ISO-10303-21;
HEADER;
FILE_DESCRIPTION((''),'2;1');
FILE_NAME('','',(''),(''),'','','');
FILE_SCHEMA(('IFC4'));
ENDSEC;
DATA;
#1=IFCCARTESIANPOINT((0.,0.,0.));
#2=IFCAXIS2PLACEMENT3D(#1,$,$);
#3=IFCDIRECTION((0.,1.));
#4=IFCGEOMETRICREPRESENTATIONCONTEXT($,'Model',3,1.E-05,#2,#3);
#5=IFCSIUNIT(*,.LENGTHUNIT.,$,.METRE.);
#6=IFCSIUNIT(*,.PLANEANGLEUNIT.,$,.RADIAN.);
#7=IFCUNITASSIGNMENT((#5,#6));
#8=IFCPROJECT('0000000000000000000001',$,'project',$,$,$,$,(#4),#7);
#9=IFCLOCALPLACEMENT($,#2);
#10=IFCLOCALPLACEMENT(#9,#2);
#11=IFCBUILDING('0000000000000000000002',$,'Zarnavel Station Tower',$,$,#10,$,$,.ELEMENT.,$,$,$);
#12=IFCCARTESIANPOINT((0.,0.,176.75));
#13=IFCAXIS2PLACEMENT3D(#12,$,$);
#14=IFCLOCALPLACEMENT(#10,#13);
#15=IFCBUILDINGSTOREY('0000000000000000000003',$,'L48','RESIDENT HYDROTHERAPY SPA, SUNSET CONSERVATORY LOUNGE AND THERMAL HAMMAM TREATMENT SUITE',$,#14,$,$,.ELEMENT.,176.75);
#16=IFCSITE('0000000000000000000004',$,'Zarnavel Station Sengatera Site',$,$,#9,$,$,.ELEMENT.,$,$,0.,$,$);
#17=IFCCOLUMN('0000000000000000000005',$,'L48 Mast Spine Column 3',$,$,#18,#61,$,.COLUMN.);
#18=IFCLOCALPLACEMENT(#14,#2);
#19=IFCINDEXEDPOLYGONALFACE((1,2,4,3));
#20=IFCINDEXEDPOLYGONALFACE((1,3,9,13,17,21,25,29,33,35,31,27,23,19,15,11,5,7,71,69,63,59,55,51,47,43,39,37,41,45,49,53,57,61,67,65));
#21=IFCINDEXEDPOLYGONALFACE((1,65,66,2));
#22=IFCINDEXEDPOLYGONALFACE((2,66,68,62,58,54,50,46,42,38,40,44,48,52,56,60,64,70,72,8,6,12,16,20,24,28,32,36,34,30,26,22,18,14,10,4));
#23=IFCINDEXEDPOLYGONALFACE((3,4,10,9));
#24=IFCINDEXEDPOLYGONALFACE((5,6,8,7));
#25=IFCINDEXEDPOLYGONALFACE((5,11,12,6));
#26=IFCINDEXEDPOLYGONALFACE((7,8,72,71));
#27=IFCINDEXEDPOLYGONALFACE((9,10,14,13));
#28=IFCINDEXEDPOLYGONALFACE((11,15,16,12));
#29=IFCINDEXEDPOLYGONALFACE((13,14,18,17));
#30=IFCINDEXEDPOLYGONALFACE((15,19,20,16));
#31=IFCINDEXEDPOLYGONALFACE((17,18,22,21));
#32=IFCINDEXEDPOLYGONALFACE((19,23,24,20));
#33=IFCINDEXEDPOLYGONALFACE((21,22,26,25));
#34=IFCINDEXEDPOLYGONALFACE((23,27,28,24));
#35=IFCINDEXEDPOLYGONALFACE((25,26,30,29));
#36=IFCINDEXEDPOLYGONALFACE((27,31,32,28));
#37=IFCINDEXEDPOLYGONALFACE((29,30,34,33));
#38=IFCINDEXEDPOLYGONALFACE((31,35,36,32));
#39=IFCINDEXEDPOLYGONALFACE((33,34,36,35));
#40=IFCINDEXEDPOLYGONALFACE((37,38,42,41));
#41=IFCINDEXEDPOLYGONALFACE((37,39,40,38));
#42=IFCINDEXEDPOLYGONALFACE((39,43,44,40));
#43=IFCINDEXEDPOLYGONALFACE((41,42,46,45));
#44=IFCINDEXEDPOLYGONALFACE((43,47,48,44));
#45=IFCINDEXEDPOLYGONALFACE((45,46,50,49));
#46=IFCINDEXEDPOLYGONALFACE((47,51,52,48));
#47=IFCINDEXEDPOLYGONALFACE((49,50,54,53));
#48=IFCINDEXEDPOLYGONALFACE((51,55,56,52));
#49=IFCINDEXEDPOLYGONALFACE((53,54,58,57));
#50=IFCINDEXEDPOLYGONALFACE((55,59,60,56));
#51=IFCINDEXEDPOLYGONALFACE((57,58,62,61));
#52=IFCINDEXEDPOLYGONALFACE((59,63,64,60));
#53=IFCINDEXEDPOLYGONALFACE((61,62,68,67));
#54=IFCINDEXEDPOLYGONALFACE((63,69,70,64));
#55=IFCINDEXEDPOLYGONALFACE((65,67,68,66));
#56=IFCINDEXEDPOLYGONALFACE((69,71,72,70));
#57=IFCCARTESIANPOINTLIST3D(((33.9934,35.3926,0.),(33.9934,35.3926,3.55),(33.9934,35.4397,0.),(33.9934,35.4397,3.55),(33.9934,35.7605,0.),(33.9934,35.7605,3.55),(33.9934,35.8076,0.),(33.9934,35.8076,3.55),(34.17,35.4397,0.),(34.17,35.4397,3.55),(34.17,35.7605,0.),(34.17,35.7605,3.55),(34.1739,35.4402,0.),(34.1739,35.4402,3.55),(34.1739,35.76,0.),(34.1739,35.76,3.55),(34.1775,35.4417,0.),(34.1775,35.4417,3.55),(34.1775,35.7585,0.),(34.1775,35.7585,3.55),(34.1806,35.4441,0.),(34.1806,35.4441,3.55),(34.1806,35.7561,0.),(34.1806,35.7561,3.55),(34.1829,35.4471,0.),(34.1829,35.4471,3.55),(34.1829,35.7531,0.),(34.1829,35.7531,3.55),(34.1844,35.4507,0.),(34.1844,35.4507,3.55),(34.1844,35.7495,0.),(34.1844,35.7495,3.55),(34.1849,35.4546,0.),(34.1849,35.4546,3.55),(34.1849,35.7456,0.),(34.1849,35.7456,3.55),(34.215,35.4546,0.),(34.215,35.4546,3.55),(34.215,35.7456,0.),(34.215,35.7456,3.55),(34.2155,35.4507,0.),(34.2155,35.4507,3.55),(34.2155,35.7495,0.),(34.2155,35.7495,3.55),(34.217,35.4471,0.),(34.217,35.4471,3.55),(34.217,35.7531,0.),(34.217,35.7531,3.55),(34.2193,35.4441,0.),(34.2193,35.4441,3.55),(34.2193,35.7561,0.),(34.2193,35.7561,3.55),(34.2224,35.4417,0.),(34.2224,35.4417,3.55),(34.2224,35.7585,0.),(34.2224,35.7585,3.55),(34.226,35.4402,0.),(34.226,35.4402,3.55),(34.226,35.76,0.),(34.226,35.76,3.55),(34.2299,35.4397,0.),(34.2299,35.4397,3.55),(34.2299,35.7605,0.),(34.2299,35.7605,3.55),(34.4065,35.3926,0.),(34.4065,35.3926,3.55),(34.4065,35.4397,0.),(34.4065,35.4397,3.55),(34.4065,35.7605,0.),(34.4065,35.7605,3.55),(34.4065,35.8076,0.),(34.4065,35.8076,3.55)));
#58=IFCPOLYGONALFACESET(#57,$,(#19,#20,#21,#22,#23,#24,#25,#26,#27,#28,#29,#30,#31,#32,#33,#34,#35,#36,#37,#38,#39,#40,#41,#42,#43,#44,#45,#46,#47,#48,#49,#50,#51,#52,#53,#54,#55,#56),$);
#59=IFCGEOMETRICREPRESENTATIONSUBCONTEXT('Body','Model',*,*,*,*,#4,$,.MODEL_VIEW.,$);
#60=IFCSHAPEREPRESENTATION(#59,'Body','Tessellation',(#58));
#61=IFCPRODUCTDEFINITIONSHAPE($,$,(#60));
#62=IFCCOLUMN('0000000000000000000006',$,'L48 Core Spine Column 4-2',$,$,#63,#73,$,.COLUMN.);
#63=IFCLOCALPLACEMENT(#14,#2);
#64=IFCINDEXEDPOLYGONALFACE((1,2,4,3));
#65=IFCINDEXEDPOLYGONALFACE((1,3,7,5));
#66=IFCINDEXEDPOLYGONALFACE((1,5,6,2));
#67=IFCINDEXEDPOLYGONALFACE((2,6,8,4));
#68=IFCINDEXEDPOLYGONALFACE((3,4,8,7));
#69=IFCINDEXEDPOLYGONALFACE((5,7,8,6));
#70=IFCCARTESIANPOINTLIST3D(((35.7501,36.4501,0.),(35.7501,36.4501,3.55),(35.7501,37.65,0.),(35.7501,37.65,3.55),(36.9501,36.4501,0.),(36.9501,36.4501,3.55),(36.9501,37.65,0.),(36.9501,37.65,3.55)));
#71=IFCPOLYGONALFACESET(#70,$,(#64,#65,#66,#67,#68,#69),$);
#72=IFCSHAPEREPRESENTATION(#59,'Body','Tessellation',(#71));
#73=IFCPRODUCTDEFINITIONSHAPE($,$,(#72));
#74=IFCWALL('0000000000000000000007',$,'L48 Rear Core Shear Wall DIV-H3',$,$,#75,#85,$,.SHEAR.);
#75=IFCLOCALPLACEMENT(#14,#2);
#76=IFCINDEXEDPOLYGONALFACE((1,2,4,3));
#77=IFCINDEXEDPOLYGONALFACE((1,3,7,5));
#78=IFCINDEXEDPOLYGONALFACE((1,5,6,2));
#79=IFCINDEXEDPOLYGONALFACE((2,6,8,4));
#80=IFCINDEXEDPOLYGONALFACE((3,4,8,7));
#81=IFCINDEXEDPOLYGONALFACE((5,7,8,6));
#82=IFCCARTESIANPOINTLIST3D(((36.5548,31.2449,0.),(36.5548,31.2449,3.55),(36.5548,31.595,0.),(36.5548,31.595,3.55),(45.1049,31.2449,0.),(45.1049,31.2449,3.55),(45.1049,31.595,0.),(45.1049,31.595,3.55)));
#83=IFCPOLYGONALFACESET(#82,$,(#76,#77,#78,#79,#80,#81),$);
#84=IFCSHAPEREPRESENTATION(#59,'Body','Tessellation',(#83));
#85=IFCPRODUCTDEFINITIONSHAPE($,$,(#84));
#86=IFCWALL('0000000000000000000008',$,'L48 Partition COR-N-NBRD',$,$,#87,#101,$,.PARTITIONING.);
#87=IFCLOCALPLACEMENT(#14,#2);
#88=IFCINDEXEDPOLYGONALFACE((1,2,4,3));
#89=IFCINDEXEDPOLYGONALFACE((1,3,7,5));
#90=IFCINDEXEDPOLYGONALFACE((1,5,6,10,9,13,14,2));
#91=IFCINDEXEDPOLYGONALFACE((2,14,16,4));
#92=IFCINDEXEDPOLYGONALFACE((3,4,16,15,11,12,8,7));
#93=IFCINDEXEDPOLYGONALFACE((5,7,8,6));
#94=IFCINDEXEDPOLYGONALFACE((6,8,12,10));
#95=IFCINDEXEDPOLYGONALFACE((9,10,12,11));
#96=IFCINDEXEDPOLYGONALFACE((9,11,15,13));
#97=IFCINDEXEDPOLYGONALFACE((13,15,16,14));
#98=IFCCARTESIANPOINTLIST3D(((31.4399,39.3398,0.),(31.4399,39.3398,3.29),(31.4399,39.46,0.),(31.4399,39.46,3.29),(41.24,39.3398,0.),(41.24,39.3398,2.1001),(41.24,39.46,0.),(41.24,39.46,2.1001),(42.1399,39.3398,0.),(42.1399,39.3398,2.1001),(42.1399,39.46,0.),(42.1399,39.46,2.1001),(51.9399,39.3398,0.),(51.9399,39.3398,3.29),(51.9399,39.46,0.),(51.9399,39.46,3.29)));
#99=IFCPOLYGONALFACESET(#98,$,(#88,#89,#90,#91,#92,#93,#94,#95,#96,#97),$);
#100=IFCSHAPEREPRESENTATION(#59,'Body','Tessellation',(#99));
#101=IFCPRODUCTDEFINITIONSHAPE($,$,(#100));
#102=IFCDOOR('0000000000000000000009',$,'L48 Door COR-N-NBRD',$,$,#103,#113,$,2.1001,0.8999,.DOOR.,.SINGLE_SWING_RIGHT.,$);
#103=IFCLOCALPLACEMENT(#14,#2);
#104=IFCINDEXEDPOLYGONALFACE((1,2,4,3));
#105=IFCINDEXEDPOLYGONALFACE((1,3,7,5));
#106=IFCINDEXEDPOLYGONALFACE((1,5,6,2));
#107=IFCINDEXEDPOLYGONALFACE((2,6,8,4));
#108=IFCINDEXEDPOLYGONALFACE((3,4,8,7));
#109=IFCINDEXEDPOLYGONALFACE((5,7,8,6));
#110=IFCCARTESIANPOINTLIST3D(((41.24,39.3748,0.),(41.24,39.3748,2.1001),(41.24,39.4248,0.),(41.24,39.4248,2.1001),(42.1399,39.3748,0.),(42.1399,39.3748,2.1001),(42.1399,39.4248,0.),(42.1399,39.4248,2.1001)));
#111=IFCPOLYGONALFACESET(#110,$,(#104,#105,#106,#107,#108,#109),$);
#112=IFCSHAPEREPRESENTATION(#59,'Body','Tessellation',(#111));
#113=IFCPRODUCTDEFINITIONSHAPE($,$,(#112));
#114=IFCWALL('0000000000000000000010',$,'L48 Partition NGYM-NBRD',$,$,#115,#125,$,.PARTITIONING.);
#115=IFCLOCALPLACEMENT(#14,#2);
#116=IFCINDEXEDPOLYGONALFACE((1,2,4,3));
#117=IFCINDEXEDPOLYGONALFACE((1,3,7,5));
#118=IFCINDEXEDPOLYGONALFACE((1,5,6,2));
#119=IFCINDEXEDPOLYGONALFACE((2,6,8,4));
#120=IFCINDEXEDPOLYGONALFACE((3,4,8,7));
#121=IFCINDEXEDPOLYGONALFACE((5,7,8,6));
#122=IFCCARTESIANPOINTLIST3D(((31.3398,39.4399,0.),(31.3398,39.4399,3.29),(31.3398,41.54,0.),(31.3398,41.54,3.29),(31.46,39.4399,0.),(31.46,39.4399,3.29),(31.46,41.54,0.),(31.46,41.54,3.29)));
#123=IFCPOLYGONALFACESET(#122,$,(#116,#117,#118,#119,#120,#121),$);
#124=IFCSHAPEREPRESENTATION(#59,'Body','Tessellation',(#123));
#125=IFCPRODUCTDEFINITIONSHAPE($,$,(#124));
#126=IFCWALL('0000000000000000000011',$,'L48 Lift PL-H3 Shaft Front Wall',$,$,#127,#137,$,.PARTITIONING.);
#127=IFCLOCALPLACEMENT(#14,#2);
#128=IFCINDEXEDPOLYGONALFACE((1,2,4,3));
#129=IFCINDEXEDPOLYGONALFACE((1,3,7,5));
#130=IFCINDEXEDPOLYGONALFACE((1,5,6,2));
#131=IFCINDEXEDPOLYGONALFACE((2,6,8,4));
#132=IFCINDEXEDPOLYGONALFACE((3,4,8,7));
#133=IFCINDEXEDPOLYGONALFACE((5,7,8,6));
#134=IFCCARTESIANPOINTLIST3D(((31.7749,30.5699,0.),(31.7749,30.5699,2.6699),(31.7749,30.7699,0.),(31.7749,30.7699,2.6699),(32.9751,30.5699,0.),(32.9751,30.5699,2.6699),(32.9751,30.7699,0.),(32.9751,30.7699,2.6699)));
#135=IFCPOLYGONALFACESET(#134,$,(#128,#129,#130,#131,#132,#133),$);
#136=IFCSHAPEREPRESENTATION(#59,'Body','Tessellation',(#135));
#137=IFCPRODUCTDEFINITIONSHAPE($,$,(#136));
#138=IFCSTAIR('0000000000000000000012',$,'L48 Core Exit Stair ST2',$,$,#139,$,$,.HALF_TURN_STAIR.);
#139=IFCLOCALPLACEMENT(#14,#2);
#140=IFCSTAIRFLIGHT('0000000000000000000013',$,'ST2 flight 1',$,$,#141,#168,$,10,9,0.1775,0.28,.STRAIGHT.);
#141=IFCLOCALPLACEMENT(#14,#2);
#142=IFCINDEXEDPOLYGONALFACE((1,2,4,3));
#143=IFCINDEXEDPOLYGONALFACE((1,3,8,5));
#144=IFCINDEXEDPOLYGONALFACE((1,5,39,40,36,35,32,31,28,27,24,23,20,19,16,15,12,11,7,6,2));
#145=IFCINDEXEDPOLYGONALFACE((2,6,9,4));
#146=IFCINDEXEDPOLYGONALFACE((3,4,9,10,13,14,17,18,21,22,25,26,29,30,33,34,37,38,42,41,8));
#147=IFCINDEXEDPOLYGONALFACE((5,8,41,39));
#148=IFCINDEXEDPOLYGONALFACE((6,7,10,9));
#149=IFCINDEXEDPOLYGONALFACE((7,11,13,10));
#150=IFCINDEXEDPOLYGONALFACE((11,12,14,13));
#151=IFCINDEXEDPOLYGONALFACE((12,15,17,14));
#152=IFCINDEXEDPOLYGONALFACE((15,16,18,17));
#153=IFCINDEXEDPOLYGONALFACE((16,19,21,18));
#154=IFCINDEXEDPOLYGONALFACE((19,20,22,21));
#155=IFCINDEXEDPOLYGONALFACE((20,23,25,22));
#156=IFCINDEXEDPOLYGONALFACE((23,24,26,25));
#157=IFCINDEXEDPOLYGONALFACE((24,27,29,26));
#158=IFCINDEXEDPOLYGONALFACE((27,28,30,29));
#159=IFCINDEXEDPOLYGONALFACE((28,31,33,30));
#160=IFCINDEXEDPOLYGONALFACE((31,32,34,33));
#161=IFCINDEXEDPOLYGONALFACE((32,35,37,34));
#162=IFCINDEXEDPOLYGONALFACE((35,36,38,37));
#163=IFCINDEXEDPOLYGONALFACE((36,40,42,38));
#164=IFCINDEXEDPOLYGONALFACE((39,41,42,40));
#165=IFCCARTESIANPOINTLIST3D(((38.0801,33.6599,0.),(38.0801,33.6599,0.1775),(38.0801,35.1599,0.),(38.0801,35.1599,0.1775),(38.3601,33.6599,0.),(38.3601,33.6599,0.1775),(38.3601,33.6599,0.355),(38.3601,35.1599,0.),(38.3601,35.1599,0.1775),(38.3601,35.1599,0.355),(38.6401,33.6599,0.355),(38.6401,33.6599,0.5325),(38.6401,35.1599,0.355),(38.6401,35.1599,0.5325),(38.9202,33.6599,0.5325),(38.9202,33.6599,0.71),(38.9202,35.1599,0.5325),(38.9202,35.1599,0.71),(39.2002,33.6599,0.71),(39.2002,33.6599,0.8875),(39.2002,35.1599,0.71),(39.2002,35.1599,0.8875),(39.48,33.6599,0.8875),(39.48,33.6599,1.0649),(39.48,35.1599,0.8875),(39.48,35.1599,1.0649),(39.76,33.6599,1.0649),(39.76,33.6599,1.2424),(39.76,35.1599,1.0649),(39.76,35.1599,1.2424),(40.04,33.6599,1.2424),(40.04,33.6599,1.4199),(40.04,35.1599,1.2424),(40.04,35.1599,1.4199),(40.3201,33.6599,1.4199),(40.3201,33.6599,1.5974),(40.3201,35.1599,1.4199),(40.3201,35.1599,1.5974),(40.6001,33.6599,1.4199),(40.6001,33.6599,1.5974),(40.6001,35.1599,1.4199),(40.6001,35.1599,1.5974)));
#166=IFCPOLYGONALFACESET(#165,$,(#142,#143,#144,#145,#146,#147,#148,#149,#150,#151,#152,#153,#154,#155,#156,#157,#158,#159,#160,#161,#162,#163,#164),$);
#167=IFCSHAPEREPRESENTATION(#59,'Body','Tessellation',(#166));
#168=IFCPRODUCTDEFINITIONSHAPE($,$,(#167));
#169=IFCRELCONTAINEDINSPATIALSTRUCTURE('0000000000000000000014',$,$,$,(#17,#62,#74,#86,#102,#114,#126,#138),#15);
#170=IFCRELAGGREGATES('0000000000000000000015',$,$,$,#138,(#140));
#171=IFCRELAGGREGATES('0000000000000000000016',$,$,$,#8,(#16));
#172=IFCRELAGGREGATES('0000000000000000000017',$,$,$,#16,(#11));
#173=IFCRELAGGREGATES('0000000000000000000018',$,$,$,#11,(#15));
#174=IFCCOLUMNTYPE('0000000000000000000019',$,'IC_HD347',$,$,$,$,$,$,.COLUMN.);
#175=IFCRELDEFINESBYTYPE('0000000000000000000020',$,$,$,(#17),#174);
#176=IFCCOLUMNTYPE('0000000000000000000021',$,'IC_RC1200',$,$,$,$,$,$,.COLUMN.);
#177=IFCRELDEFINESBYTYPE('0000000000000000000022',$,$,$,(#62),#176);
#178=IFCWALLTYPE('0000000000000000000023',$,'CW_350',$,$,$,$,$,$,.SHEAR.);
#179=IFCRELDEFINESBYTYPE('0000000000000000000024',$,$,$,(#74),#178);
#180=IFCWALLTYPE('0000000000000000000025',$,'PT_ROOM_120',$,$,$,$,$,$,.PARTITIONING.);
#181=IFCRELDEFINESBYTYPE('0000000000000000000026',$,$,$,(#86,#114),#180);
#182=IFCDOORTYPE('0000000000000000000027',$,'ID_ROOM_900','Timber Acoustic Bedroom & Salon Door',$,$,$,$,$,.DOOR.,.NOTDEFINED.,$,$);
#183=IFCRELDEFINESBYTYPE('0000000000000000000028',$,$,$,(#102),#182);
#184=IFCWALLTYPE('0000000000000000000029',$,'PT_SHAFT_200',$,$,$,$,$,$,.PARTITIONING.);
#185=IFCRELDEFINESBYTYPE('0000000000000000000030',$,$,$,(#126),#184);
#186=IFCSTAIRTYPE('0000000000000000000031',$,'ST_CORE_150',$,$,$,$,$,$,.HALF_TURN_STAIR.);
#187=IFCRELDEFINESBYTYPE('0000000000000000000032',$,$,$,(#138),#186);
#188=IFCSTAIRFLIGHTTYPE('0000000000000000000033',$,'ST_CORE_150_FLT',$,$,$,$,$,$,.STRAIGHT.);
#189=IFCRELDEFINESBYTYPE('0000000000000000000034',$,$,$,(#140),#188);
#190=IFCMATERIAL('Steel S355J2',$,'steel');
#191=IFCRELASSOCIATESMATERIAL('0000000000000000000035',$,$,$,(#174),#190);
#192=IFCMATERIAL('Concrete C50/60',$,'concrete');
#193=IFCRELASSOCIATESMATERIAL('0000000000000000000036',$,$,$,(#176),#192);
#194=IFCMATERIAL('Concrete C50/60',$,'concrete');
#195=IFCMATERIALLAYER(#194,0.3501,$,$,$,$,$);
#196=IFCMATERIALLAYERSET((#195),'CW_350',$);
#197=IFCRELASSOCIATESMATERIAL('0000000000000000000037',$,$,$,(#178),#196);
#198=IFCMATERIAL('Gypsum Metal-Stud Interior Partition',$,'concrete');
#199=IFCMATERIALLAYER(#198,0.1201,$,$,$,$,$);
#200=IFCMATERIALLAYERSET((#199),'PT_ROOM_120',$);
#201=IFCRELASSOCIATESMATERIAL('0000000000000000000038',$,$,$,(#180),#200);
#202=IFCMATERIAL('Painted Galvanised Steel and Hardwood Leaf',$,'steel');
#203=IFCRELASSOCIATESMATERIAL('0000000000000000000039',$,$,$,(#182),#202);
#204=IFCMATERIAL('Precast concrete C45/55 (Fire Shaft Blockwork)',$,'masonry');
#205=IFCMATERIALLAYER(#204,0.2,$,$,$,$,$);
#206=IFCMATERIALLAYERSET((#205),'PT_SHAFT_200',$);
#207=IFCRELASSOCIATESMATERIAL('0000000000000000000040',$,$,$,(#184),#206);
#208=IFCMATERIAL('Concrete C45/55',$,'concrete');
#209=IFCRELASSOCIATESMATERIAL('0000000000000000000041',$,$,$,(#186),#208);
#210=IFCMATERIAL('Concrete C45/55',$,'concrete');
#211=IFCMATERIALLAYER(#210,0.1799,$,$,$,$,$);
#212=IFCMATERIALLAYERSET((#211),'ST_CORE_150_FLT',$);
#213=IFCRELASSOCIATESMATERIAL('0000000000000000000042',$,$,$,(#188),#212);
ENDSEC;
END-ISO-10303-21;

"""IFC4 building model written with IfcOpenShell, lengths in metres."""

from ifc_helpers import new_model, si_unit, direction, frame, frame_2d, origin, origin_2d, place, context, subcontext, project, spatial, polyline, rectangle, i_section, outline, extrude, material, layer, layer_set, material_profile, profile_set, type_object, element, fill, aggregate, save


model = new_model("IFC4")

# Units and contexts
model_context = context("Model", 3, precision=1e-05, world=origin(), true_north=direction((0.0, 1.0)))
body_context = subcontext(model_context, "Body", "Model", "MODEL_VIEW")
ifc_project = project(units=[si_unit("LENGTHUNIT", "METRE"), si_unit("PLANEANGLEUNIT", "RADIAN")], contexts=[model_context])

# Site, building, storey
site_placement = place(None, origin())
site = spatial("IfcSite", under=ifc_project, at=site_placement, Name="Zarnavel Station Sengatera Site", CompositionType="ELEMENT", RefElevation=0.0)
building_placement = place(site_placement, origin())
building = spatial("IfcBuilding", under=site, at=building_placement, Name="Zarnavel Station Tower", CompositionType="ELEMENT")
storey_placement = place(building_placement, frame((0.0, 0.0, 176.75)))
storey = spatial("IfcBuildingStorey", under=building, at=storey_placement, Name="L48", Description="RESIDENT HYDROTHERAPY SPA, SUNSET CONSERVATORY LOUNGE AND THERMAL HAMMAM TREATMENT SUITE", CompositionType="ELEMENT", Elevation=176.75)

# Columns
ifc_material_1 = material(Name="Steel S355J2", Category="steel")
ifc_material_profile_1 = material_profile(ifc_material_1, i_section(OverallWidth=0.4131, OverallDepth=0.415, WebThickness=0.03, FlangeThickness=0.0471, FilletRadius=0.0149, at=origin_2d()), Name="HD400x347")
ifc_profile_set_1 = profile_set([ifc_material_profile_1], Name="Steel S355J2")
column_type_1 = type_object("IfcColumnType", Name="IC_HD347", PredefinedType="COLUMN", material=ifc_profile_set_1)
column_1_placement = place(storey_placement, frame((34.2, 35.6001, 0.0), z_axis=(0.0, 0.0, 1.0), x_axis=(1.0, 0.0, 0.0)))
element("IfcColumn", 1, at=column_1_placement, inside=storey, type_object=column_type_1, Name="L48 Mast Spine Column 3", PredefinedType="COLUMN", context=body_context, shape_type="SweptSolid", body=[
    extrude(i_section(OverallWidth=0.4131, OverallDepth=0.415, WebThickness=0.03, FlangeThickness=0.0471, FilletRadius=0.0149, at=origin_2d()), origin(), (0.0, 0.0, 1.0), 3.55),
])
ifc_material_2 = material(Name="Concrete C50/60", Category="concrete")
ifc_material_profile_2 = material_profile(ifc_material_2, rectangle(XDim=1.2, YDim=1.2, at=origin_2d()), Name="RC1200x1200")
ifc_profile_set_2 = profile_set([ifc_material_profile_2], Name="Concrete C50/60")
column_type_2 = type_object("IfcColumnType", Name="IC_RC1200", PredefinedType="COLUMN", material=ifc_profile_set_2)
column_2_placement = place(storey_placement, frame((36.3501, 37.05, 0.0), z_axis=(0.0, 0.0, 1.0), x_axis=(1.0, 0.0, 0.0)))
element("IfcColumn", 2, at=column_2_placement, inside=storey, type_object=column_type_2, Name="L48 Core Spine Column 4-2", PredefinedType="COLUMN", context=body_context, shape_type="SweptSolid", body=[
    extrude(rectangle(XDim=1.2, YDim=1.2, at=origin_2d()), origin(), (0.0, 0.0, 1.0), 3.55),
])

# Wall
ifc_material_3 = material(Name="Concrete C50/60", Category="concrete")
ifc_layer_1 = layer(ifc_material_3, 0.3501)
ifc_layer_set_1 = layer_set([ifc_layer_1], Name="CW_350")
wall_type_1 = type_object("IfcWallType", Name="CW_350", PredefinedType="SHEAR", material=ifc_layer_set_1)
wall_1_placement = place(storey_placement, frame((36.5549, 31.4199, 0.0), z_axis=(0.0, 0.0, 1.0), x_axis=(1.0, 0.0, 0.0)))
element("IfcWall", 3, at=wall_1_placement, inside=storey, type_object=wall_type_1, Name="L48 Rear Core Shear Wall DIV-H3", PredefinedType="SHEAR", context=body_context, shape_type="SweptSolid", body=[
    extrude(rectangle(XDim=8.55, YDim=0.3501, at=frame_2d((4.2749, 0.0))), origin(), (0.0, 0.0, 1.0), 3.55),
])

# Wall, opening, door
ifc_material_4 = material(Name="Gypsum Metal-Stud Interior Partition", Category="concrete")
ifc_layer_2 = layer(ifc_material_4, 0.1201)
ifc_layer_set_2 = layer_set([ifc_layer_2], Name="PT_ROOM_120")
wall_type_2 = type_object("IfcWallType", Name="PT_ROOM_120", PredefinedType="PARTITIONING", material=ifc_layer_set_2)
wall_2_placement = place(storey_placement, frame((31.4399, 39.3999, 0.0), z_axis=(0.0, 0.0, 1.0), x_axis=(1.0, 0.0, 0.0)))
wall_2 = element("IfcWall", 4, at=wall_2_placement, inside=storey, type_object=wall_type_2, Name="L48 Partition COR-N-NBRD", PredefinedType="PARTITIONING", context=body_context, shape_type="SweptSolid", body=[
    extrude(rectangle(XDim=20.5, YDim=0.1201, at=frame_2d((10.25, 0.0))), origin(), (0.0, 0.0, 1.0), 3.29),
])
opening_1_placement = place(wall_2_placement, frame((9.8, 0.0, 0.0)))
opening_1 = element("IfcOpeningElement", 5, at=opening_1_placement, cuts=wall_2, PredefinedType="OPENING", context=body_context, shape_type="SweptSolid", body=[
    extrude(rectangle(XDim=0.8999, YDim=2.1001, at=frame_2d((0.45, 1.05))), frame((0.0, 0.0701, 0.0), z_axis=(0.0, -1.0, 0.0), x_axis=(1.0, 0.0, 0.0)), (0.0, 0.0, 1.0), 0.1401),
])
ifc_material_5 = material(Name="Painted Galvanised Steel and Hardwood Leaf", Category="steel")
door_type_1 = type_object("IfcDoorType", Name="ID_ROOM_900", Description="Timber Acoustic Bedroom & Salon Door", OperationType="NOTDEFINED", PredefinedType="DOOR", material=ifc_material_5)
door_1_placement = place(opening_1_placement, origin())
door_1 = element("IfcDoor", 6, at=door_1_placement, inside=storey, type_object=door_type_1, Name="L48 Door COR-N-NBRD", OperationType="SINGLE_SWING_RIGHT", OverallHeight=2.1001, OverallWidth=0.8999, PredefinedType="DOOR", context=body_context, shape_type="SweptSolid", body=[
    extrude(rectangle(XDim=0.8999, YDim=2.1001, at=frame_2d((0.45, 1.05))), frame((0.0, 0.0249, 0.0), z_axis=(0.0, -1.0, 0.0), x_axis=(1.0, 0.0, 0.0)), (0.0, 0.0, 1.0), 0.05),
])
fill(opening_1, door_1)

# Wall
wall_3_placement = place(storey_placement, frame((31.3999, 39.4399, 0.0), z_axis=(0.0, 0.0, 1.0), x_axis=(0.0, 1.0, 0.0)))
element("IfcWall", 7, at=wall_3_placement, inside=storey, type_object=wall_type_2, Name="L48 Partition NGYM-NBRD", PredefinedType="PARTITIONING", context=body_context, shape_type="SweptSolid", body=[
    extrude(rectangle(XDim=2.1001, YDim=0.1201, at=frame_2d((1.05, 0.0))), origin(), (0.0, 0.0, 1.0), 3.29),
])

# Shared definitions
ifc_material_6 = material(Name="Precast concrete C45/55 (Fire Shaft Blockwork)", Category="masonry")
ifc_layer_3 = layer(ifc_material_6, 0.2)
ifc_layer_set_3 = layer_set([ifc_layer_3], Name="PT_SHAFT_200")
wall_type_3 = type_object("IfcWallType", Name="PT_SHAFT_200", PredefinedType="PARTITIONING", material=ifc_layer_set_3)

# Wall
wall_4_placement = place(storey_placement, frame((31.7749, 30.6699, 0.0), z_axis=(0.0, 0.0, 1.0), x_axis=(1.0, 0.0, 0.0)))
element("IfcWall", 8, at=wall_4_placement, inside=storey, type_object=wall_type_3, Name="L48 Lift PL-H3 Shaft Front Wall", PredefinedType="PARTITIONING", context=body_context, shape_type="SweptSolid", body=[
    extrude(rectangle(XDim=1.2002, YDim=0.2, at=frame_2d((0.6001, 0.0))), origin(), (0.0, 0.0, 1.0), 2.6699),
])

# Stair, stair flight
ifc_material_7 = material(Name="Concrete C45/55", Category="concrete")
stair_type = type_object("IfcStairType", Name="ST_CORE_150", PredefinedType="HALF_TURN_STAIR", material=ifc_material_7)
stair_placement = place(storey_placement, origin())
stair = element("IfcStair", 9, at=stair_placement, inside=storey, type_object=stair_type, Name="L48 Core Exit Stair ST2", PredefinedType="HALF_TURN_STAIR")
ifc_material_8 = material(Name="Concrete C45/55", Category="concrete")
ifc_layer_4 = layer(ifc_material_8, 0.1799)
ifc_layer_set_4 = layer_set([ifc_layer_4], Name="ST_CORE_150_FLT")
stair_flight_type = type_object("IfcStairFlightType", Name="ST_CORE_150_FLT", PredefinedType="STRAIGHT", material=ifc_layer_set_4)
stair_flight_1_placement = place(storey_placement, frame((38.0801, 34.4099, 0.0), z_axis=(0.0, 0.0, 1.0), x_axis=(1.0, 0.0, 0.0)))
stair_flight_1 = element("IfcStairFlight", 10, at=stair_flight_1_placement, type_object=stair_flight_type, Name="ST2 flight 1", NumberOfRisers=10, NumberOfTreads=9, PredefinedType="STRAIGHT", RiserHeight=0.1775, TreadLength=0.28, context=body_context, shape_type="SweptSolid", body=[
    extrude(outline(polyline([(0.0, 0.0), (0.0, 0.1775), (0.28, 0.1775), (0.28, 0.355), (0.5601, 0.355), (0.5601, 0.5325), (0.8401, 0.5325), (0.8401, 0.71), (1.1201, 0.71), (1.1201, 0.8875), (1.3999, 0.8875), (1.3999, 1.0649), (1.6799, 1.0649), (1.6799, 1.2424), (1.96, 1.2424), (1.96, 1.4199), (2.24, 1.4199), (2.24, 1.5974), (2.52, 1.5974), (2.52, 1.7749), (2.52, 1.4199), (0.28, 0.0), (0.0, 0.0)])), frame((0.0, 0.75, 0.0), z_axis=(0.0, -1.0, 0.0), x_axis=(1.0, 0.0, 0.0)), (0.0, 0.0, 1.0), 1.5),
])
aggregate(stair, [stair_flight_1])

save(model, "model.ifc")
